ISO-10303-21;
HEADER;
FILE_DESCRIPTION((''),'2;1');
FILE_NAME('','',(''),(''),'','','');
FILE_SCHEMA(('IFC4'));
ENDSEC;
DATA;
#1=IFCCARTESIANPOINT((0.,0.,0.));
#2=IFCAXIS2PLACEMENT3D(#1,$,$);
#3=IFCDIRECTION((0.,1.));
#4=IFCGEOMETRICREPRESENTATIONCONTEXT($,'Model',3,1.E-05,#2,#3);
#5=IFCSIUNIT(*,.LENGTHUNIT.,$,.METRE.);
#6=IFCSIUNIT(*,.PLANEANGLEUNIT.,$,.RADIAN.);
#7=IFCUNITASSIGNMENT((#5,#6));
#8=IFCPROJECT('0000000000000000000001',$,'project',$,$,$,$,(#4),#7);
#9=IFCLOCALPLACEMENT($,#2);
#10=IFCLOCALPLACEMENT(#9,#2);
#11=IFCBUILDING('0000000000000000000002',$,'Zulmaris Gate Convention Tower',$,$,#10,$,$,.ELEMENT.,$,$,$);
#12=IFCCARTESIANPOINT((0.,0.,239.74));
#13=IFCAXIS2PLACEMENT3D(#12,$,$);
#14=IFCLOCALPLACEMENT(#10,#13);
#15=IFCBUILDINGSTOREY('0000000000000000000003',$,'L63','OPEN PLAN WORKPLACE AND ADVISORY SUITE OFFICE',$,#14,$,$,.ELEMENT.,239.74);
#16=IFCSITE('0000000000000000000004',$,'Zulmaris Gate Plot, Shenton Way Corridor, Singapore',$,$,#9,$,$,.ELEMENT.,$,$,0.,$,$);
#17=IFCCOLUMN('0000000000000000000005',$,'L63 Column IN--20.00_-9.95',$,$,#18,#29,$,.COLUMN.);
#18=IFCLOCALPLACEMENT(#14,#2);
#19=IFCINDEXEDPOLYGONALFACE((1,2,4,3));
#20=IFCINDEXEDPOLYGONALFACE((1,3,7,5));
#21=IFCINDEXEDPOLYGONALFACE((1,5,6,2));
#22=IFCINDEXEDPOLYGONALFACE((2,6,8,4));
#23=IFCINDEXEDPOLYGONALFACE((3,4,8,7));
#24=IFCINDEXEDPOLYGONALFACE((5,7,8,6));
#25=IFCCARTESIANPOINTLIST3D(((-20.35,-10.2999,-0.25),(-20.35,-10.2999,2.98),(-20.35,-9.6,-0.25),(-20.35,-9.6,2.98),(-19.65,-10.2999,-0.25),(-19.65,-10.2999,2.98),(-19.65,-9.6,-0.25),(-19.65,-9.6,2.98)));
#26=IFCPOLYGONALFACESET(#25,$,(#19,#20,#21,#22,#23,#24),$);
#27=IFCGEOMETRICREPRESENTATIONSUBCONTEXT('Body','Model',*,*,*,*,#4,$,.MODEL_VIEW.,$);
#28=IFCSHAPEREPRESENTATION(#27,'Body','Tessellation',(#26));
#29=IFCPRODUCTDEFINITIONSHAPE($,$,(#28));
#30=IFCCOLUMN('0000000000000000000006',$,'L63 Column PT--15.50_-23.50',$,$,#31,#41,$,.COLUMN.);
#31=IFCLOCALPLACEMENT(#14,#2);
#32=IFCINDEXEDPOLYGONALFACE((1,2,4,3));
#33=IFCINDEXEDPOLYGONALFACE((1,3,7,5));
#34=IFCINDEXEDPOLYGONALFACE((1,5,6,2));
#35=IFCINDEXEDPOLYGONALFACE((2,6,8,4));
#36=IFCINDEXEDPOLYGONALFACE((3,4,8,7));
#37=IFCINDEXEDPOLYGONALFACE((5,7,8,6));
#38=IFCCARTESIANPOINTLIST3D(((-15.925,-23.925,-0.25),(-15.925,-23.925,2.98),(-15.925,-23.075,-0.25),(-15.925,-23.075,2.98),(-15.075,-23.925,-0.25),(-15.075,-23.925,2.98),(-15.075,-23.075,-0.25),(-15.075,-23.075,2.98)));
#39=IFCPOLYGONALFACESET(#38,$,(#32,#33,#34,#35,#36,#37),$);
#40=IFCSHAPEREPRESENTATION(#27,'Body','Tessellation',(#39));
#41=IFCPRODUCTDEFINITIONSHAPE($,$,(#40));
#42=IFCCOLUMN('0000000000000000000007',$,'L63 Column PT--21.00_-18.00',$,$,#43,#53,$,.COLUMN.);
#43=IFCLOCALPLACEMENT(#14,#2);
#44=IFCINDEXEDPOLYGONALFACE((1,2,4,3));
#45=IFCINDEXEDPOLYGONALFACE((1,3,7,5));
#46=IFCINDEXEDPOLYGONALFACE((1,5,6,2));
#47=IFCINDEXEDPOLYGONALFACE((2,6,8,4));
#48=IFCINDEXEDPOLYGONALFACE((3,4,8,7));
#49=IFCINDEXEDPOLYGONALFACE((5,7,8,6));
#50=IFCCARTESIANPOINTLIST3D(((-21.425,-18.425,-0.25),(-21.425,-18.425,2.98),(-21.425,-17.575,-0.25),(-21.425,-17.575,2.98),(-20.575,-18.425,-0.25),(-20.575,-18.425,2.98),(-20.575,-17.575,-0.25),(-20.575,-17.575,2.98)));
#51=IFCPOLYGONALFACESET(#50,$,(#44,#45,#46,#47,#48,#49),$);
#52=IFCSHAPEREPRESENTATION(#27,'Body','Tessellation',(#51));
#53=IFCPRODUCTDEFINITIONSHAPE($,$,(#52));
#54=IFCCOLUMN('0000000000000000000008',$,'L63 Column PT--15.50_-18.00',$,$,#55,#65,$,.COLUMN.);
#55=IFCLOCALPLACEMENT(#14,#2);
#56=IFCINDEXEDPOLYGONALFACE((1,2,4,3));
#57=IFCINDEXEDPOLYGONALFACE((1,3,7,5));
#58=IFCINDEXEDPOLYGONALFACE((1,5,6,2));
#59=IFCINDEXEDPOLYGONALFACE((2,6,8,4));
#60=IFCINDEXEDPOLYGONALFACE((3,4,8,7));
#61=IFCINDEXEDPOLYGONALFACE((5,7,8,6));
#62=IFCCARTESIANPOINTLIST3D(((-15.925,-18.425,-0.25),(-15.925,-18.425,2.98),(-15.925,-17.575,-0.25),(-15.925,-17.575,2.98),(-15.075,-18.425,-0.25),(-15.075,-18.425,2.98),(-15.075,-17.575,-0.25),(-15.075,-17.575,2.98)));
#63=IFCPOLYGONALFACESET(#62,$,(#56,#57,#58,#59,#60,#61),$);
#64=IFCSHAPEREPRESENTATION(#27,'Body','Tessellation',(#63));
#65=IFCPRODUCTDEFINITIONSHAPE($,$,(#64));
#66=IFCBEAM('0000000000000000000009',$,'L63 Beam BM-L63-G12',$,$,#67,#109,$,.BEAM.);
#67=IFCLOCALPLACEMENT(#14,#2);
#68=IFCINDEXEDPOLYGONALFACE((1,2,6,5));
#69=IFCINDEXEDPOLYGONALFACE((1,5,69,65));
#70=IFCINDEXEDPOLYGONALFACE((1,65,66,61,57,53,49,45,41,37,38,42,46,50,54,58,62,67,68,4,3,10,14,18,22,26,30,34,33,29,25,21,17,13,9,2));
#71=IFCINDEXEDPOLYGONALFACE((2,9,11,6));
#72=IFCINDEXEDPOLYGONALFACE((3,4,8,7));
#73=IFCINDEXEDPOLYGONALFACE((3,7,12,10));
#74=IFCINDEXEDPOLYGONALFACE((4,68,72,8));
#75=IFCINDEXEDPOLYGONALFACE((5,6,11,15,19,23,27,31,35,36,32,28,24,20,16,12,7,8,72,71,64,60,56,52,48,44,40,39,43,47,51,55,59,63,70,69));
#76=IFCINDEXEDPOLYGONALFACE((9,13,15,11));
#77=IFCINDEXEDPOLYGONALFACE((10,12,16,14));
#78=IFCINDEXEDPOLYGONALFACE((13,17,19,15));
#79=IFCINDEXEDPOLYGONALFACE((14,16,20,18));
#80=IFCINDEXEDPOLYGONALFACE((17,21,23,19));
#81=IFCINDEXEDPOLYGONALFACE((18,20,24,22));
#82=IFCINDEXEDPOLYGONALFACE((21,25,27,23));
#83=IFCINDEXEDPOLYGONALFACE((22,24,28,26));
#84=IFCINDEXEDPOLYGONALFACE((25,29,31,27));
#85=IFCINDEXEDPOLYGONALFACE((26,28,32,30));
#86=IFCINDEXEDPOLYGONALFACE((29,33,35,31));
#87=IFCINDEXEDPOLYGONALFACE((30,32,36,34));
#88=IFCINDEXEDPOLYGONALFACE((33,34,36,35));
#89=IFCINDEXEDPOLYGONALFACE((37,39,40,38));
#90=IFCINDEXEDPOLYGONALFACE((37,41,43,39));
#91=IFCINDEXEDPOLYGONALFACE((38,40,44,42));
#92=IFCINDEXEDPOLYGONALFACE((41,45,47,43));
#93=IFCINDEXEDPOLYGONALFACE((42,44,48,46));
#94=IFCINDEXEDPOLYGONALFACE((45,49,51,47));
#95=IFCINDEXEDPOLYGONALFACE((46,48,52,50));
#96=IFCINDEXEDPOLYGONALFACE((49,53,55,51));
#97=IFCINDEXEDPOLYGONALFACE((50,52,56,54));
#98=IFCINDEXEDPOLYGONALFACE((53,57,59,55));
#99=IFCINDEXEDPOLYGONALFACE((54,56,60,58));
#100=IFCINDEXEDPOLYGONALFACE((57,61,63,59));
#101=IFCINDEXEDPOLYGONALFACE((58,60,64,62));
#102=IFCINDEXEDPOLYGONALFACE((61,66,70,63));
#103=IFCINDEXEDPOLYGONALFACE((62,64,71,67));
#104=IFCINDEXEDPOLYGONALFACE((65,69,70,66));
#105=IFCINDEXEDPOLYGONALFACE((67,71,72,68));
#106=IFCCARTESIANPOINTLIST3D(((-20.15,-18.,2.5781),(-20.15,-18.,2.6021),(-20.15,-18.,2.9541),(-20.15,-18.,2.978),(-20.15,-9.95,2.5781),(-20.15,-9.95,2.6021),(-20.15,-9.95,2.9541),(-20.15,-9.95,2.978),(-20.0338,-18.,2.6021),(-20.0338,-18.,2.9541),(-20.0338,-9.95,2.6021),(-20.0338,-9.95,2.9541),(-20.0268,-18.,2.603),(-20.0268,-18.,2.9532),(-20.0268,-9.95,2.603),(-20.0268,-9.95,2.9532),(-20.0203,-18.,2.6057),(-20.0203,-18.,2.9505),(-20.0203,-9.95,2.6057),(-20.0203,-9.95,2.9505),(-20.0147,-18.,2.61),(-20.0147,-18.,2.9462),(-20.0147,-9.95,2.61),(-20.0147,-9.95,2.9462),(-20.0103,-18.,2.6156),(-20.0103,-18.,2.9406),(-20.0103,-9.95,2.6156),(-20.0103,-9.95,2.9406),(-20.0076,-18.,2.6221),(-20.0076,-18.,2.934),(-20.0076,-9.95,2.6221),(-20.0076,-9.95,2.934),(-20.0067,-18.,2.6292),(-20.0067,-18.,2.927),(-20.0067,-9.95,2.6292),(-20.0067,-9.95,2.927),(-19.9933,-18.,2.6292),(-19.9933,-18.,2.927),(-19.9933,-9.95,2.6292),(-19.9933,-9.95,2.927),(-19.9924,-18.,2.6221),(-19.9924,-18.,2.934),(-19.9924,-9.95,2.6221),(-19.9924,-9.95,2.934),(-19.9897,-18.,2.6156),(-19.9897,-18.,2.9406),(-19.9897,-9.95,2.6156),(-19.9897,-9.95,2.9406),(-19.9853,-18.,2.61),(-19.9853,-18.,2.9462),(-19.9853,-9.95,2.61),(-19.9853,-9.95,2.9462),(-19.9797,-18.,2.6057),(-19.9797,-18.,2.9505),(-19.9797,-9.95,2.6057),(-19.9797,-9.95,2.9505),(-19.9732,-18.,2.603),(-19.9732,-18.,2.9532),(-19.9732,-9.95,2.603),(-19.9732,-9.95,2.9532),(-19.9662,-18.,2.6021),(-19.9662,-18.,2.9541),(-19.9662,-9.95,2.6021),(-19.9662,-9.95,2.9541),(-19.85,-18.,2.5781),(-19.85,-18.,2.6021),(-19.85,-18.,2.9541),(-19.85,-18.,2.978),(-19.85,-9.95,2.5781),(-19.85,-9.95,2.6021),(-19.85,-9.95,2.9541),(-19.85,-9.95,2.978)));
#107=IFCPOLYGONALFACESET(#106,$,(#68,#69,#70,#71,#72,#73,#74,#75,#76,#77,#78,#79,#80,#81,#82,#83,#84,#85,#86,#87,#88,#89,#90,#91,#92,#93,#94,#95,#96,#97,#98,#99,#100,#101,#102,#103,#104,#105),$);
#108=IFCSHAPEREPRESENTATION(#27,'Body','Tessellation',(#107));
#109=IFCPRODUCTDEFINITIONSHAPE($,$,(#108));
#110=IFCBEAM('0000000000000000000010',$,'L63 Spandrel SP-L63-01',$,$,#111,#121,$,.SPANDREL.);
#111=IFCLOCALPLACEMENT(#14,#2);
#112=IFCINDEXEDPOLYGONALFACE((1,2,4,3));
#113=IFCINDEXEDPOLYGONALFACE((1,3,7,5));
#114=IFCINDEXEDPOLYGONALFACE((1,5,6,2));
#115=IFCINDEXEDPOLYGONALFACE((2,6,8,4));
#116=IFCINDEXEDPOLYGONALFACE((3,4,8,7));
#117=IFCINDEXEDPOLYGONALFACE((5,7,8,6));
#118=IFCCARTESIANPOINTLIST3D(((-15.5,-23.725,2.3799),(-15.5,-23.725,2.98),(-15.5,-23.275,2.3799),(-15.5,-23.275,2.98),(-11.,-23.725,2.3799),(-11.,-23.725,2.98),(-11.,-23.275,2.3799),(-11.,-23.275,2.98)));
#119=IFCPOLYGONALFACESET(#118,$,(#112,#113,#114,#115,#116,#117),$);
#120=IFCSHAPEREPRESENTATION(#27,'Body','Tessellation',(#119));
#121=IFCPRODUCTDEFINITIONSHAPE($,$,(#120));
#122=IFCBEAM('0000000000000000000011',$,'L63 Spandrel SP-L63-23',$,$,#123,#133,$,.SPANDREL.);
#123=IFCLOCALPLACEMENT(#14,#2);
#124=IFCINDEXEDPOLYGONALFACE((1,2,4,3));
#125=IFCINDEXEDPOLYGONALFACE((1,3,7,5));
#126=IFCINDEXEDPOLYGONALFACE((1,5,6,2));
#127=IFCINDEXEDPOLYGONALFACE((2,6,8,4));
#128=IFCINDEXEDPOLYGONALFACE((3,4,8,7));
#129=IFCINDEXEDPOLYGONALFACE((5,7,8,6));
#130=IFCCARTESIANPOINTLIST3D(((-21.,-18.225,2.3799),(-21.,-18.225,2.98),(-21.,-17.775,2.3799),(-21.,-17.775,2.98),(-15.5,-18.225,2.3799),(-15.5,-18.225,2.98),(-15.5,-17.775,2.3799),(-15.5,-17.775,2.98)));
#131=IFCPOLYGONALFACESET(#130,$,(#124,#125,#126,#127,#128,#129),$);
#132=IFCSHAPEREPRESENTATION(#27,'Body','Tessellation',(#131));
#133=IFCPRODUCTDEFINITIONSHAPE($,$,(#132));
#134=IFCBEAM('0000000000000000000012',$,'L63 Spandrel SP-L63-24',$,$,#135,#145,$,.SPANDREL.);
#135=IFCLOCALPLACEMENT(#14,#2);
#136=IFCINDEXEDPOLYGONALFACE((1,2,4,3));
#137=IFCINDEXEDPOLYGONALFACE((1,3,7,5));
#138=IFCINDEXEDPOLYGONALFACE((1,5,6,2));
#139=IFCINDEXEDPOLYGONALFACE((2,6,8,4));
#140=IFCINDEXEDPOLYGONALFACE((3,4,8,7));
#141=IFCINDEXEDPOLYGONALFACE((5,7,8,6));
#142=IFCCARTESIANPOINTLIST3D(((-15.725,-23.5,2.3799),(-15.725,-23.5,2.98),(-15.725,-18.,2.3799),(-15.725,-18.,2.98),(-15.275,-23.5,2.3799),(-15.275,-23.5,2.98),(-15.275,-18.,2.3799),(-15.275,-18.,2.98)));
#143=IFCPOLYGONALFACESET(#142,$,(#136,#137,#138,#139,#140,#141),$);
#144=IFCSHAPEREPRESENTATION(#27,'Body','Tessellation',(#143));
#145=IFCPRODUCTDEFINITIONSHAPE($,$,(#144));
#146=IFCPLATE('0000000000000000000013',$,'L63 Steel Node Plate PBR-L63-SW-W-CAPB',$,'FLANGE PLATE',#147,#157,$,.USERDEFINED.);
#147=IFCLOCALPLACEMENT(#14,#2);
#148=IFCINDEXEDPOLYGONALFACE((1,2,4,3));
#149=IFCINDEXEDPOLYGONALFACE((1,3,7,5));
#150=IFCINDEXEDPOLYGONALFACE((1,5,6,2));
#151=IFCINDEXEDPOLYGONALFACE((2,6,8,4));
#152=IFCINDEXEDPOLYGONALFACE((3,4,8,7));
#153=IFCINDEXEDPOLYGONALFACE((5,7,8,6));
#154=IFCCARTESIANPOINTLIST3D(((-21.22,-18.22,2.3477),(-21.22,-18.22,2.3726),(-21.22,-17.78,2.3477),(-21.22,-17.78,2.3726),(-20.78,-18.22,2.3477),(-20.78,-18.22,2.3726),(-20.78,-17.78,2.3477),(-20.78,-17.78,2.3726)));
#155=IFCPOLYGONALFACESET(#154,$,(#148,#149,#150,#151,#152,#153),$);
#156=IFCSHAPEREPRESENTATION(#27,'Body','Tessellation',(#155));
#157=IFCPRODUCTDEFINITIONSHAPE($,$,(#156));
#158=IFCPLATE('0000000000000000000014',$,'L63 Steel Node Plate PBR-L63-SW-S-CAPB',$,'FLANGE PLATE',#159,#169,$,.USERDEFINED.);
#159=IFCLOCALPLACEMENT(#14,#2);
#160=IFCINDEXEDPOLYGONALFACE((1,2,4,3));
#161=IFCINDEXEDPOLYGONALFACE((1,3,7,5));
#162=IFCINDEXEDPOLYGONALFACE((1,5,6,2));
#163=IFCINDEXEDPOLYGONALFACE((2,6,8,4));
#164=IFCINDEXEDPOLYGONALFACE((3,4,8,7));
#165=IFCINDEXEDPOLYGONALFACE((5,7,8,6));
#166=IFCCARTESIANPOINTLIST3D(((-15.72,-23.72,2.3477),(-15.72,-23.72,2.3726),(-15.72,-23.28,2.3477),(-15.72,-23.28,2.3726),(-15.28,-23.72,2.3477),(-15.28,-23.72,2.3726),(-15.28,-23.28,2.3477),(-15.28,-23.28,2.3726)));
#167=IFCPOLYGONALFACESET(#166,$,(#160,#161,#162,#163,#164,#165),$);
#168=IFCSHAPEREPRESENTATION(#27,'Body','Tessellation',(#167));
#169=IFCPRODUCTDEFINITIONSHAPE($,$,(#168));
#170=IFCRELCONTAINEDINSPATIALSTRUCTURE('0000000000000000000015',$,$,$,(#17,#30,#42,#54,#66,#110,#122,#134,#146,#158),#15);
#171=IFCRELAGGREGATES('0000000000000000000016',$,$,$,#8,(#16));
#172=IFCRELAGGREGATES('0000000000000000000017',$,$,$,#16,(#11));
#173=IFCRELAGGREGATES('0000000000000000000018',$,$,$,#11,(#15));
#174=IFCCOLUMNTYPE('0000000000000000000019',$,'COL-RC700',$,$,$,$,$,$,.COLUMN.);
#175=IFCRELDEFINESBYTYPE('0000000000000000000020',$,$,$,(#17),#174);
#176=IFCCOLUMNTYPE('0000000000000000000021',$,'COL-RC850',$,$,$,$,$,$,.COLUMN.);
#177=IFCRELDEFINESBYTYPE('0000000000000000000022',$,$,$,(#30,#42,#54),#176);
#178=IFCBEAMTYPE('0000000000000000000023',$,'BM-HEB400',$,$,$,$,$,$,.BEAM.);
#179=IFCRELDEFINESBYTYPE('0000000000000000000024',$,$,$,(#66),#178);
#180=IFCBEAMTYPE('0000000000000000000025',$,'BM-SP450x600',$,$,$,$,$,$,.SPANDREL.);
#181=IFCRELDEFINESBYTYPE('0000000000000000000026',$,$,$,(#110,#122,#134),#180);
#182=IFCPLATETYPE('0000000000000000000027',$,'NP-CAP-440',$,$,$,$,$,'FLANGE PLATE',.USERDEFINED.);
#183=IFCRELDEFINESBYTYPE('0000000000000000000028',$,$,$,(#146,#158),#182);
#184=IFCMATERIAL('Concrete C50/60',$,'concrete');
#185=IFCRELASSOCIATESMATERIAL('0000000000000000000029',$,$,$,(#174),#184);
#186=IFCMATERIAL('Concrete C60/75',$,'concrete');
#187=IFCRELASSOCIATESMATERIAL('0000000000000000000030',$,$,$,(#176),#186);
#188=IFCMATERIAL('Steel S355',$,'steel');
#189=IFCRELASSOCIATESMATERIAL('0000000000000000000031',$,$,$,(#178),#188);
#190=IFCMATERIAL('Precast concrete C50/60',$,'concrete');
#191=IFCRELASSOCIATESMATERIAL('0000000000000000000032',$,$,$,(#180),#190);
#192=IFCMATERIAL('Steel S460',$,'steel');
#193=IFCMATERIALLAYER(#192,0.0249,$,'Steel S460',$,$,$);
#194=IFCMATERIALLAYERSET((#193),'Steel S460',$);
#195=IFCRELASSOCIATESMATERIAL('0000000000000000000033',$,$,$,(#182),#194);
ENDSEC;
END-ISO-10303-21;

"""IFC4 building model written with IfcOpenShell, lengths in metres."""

from ifc_helpers import new_model, si_unit, direction, frame, origin, origin_2d, place, context, subcontext, project, spatial, rectangle, i_section, extrude, material, layer, layer_set, material_profile, profile_set, type_object, element, save


model = new_model("IFC4")

# Units and contexts
model_context = context("Model", 3, precision=1e-05, world=origin(), true_north=direction((0.0, 1.0)))
body_context = subcontext(model_context, "Body", "Model", "MODEL_VIEW")
ifc_project = project(units=[si_unit("LENGTHUNIT", "METRE"), si_unit("PLANEANGLEUNIT", "RADIAN")], contexts=[model_context])

# Site, building, storey
site_placement = place(None, origin())
site = spatial("IfcSite", under=ifc_project, at=site_placement, Name="Zulmaris Gate Plot, Shenton Way Corridor, Singapore", CompositionType="ELEMENT", RefElevation=0.0)
building_placement = place(site_placement, origin())
building = spatial("IfcBuilding", under=site, at=building_placement, Name="Zulmaris Gate Convention Tower", CompositionType="ELEMENT")
storey_placement = place(building_placement, frame((0.0, 0.0, 239.74)))
storey = spatial("IfcBuildingStorey", under=building, at=storey_placement, Name="L63", Description="OPEN PLAN WORKPLACE AND ADVISORY SUITE OFFICE", CompositionType="ELEMENT", Elevation=239.74)

# Columns
ifc_material_1 = material(Name="Concrete C50/60", Category="concrete")
ifc_material_profile_1 = material_profile(ifc_material_1, rectangle(XDim=0.7, YDim=0.7, at=origin_2d()), Name="RC COL 700x700")
ifc_profile_set_1 = profile_set([ifc_material_profile_1], Name="Concrete C50/60")
column_type_1 = type_object("IfcColumnType", Name="COL-RC700", PredefinedType="COLUMN", material=ifc_profile_set_1)
column_placement = place(storey_placement, frame((-20.0, -9.95, -0.25), z_axis=(0.0, 0.0, 1.0), x_axis=(1.0, 0.0, 0.0)))
element("IfcColumn", 1, at=column_placement, inside=storey, type_object=column_type_1, Name="L63 Column IN--20.00_-9.95", PredefinedType="COLUMN", context=body_context, shape_type="SweptSolid", body=[
    extrude(rectangle(XDim=0.7, YDim=0.7, at=origin_2d()), origin(), (0.0, 0.0, 1.0), 3.23),
])
ifc_material_2 = material(Name="Concrete C60/75", Category="concrete")
ifc_material_profile_2 = material_profile(ifc_material_2, rectangle(XDim=0.8501, YDim=0.8501, at=origin_2d()), Name="RC COL 850x850")
ifc_profile_set_2 = profile_set([ifc_material_profile_2], Name="Concrete C60/75")
column_type_2 = type_object("IfcColumnType", Name="COL-RC850", PredefinedType="COLUMN", material=ifc_profile_set_2)
for number, where, z_axis, x_axis, name in (
    (2, (-15.5, -23.5, -0.25), (0.0, 0.0, 1.0), (1.0, 0.0, 0.0), "L63 Column PT--15.50_-23.50"),
    (3, (-21.0, -18.0, -0.25), (0.0, 0.0, 1.0), (1.0, 0.0, 0.0), "L63 Column PT--21.00_-18.00"),
    (4, (-15.5, -18.0, -0.25), (0.0, 0.0, 1.0), (1.0, 0.0, 0.0), "L63 Column PT--15.50_-18.00"),
):
    element("IfcColumn", number, at=place(storey_placement, frame(where, z_axis=z_axis, x_axis=x_axis)), inside=storey, type_object=column_type_2, Name=name, PredefinedType="COLUMN", context=body_context, shape_type="SweptSolid", body=[
        extrude(rectangle(XDim=0.8501, YDim=0.8501, at=origin_2d()), origin(), (0.0, 0.0, 1.0), 3.23),
    ])

# Beams
ifc_material_3 = material(Name="Steel S355", Category="steel")
ifc_material_profile_3 = material_profile(ifc_material_3, i_section(OverallWidth=0.3, OverallDepth=0.3999, WebThickness=0.0134, FlangeThickness=0.0239, FilletRadius=0.0271, at=origin_2d()), Name="HEB 400")
ifc_profile_set_3 = profile_set([ifc_material_profile_3], Name="Steel S355")
beam_type_1 = type_object("IfcBeamType", Name="BM-HEB400", PredefinedType="BEAM", material=ifc_profile_set_3)
beam_1_placement = place(storey_placement, frame((-20.0, -18.0, 2.7781), z_axis=(0.0, 1.0, 0.0), x_axis=(-1.0, 0.0, 0.0)))
element("IfcBeam", 5, at=beam_1_placement, inside=storey, type_object=beam_type_1, Name="L63 Beam BM-L63-G12", PredefinedType="BEAM", context=body_context, shape_type="SweptSolid", body=[
    extrude(i_section(OverallWidth=0.3, OverallDepth=0.3999, WebThickness=0.0134, FlangeThickness=0.0239, FilletRadius=0.0271, at=origin_2d()), origin(), (0.0, 0.0, 1.0), 8.05),
])
ifc_material_4 = material(Name="Precast concrete C50/60", Category="concrete")
ifc_material_profile_4 = material_profile(ifc_material_4, rectangle(XDim=0.45, YDim=0.6001, at=origin_2d()), Name="RC SPANDREL 450x600")
ifc_profile_set_4 = profile_set([ifc_material_profile_4], Name="Precast concrete C50/60")
beam_type_2 = type_object("IfcBeamType", Name="BM-SP450x600", PredefinedType="SPANDREL", material=ifc_profile_set_4)
beam_2_placement = place(storey_placement, frame((-15.5, -23.5, 2.6799), z_axis=(1.0, 0.0, 0.0), x_axis=(0.0, 1.0, 0.0)))
element("IfcBeam", 6, at=beam_2_placement, inside=storey, type_object=beam_type_2, Name="L63 Spandrel SP-L63-01", PredefinedType="SPANDREL", context=body_context, shape_type="SweptSolid", body=[
    extrude(rectangle(XDim=0.45, YDim=0.6001, at=origin_2d()), origin(), (0.0, 0.0, 1.0), 4.5),
])
for number, where, z_axis, x_axis, name in (
    (7, (-21.0, -18.0, 2.6799), (1.0, 0.0, 0.0), (0.0, 1.0, 0.0), "L63 Spandrel SP-L63-23"),
    (8, (-15.5, -18.0, 2.6799), (0.0, -1.0, 0.0), (1.0, 0.0, 0.0), "L63 Spandrel SP-L63-24"),
):
    element("IfcBeam", number, at=place(storey_placement, frame(where, z_axis=z_axis, x_axis=x_axis)), inside=storey, type_object=beam_type_2, Name=name, PredefinedType="SPANDREL", context=body_context, shape_type="SweptSolid", body=[
        extrude(rectangle(XDim=0.45, YDim=0.6001, at=origin_2d()), origin(), (0.0, 0.0, 1.0), 5.5),
    ])

# Plates
ifc_material_5 = material(Name="Steel S460", Category="steel")
ifc_layer_1 = layer(ifc_material_5, 0.0249, Name="Steel S460")
ifc_layer_set_1 = layer_set([ifc_layer_1], Name="Steel S460")
plate_type = type_object("IfcPlateType", Name="NP-CAP-440", ElementType="FLANGE PLATE", PredefinedType="USERDEFINED", material=ifc_layer_set_1)
for number, where, z_axis, x_axis, name in (
    (9, (-21.0, -18.0, 2.3477), (0.0, 0.0, 1.0), (1.0, 0.0, 0.0), "L63 Steel Node Plate PBR-L63-SW-W-CAPB"),
    (10, (-15.5, -23.5, 2.3477), (0.0, 0.0, 1.0), (1.0, 0.0, 0.0), "L63 Steel Node Plate PBR-L63-SW-S-CAPB"),
):
    element("IfcPlate", number, at=place(storey_placement, frame(where, z_axis=z_axis, x_axis=x_axis)), inside=storey, type_object=plate_type, Name=name, ObjectType="FLANGE PLATE", PredefinedType="USERDEFINED", context=body_context, shape_type="SweptSolid", body=[
        extrude(rectangle(XDim=0.4399, YDim=0.4399, at=origin_2d()), origin(), (0.0, 0.0, 1.0), 0.0249),
    ])

save(model, "model.ifc")
